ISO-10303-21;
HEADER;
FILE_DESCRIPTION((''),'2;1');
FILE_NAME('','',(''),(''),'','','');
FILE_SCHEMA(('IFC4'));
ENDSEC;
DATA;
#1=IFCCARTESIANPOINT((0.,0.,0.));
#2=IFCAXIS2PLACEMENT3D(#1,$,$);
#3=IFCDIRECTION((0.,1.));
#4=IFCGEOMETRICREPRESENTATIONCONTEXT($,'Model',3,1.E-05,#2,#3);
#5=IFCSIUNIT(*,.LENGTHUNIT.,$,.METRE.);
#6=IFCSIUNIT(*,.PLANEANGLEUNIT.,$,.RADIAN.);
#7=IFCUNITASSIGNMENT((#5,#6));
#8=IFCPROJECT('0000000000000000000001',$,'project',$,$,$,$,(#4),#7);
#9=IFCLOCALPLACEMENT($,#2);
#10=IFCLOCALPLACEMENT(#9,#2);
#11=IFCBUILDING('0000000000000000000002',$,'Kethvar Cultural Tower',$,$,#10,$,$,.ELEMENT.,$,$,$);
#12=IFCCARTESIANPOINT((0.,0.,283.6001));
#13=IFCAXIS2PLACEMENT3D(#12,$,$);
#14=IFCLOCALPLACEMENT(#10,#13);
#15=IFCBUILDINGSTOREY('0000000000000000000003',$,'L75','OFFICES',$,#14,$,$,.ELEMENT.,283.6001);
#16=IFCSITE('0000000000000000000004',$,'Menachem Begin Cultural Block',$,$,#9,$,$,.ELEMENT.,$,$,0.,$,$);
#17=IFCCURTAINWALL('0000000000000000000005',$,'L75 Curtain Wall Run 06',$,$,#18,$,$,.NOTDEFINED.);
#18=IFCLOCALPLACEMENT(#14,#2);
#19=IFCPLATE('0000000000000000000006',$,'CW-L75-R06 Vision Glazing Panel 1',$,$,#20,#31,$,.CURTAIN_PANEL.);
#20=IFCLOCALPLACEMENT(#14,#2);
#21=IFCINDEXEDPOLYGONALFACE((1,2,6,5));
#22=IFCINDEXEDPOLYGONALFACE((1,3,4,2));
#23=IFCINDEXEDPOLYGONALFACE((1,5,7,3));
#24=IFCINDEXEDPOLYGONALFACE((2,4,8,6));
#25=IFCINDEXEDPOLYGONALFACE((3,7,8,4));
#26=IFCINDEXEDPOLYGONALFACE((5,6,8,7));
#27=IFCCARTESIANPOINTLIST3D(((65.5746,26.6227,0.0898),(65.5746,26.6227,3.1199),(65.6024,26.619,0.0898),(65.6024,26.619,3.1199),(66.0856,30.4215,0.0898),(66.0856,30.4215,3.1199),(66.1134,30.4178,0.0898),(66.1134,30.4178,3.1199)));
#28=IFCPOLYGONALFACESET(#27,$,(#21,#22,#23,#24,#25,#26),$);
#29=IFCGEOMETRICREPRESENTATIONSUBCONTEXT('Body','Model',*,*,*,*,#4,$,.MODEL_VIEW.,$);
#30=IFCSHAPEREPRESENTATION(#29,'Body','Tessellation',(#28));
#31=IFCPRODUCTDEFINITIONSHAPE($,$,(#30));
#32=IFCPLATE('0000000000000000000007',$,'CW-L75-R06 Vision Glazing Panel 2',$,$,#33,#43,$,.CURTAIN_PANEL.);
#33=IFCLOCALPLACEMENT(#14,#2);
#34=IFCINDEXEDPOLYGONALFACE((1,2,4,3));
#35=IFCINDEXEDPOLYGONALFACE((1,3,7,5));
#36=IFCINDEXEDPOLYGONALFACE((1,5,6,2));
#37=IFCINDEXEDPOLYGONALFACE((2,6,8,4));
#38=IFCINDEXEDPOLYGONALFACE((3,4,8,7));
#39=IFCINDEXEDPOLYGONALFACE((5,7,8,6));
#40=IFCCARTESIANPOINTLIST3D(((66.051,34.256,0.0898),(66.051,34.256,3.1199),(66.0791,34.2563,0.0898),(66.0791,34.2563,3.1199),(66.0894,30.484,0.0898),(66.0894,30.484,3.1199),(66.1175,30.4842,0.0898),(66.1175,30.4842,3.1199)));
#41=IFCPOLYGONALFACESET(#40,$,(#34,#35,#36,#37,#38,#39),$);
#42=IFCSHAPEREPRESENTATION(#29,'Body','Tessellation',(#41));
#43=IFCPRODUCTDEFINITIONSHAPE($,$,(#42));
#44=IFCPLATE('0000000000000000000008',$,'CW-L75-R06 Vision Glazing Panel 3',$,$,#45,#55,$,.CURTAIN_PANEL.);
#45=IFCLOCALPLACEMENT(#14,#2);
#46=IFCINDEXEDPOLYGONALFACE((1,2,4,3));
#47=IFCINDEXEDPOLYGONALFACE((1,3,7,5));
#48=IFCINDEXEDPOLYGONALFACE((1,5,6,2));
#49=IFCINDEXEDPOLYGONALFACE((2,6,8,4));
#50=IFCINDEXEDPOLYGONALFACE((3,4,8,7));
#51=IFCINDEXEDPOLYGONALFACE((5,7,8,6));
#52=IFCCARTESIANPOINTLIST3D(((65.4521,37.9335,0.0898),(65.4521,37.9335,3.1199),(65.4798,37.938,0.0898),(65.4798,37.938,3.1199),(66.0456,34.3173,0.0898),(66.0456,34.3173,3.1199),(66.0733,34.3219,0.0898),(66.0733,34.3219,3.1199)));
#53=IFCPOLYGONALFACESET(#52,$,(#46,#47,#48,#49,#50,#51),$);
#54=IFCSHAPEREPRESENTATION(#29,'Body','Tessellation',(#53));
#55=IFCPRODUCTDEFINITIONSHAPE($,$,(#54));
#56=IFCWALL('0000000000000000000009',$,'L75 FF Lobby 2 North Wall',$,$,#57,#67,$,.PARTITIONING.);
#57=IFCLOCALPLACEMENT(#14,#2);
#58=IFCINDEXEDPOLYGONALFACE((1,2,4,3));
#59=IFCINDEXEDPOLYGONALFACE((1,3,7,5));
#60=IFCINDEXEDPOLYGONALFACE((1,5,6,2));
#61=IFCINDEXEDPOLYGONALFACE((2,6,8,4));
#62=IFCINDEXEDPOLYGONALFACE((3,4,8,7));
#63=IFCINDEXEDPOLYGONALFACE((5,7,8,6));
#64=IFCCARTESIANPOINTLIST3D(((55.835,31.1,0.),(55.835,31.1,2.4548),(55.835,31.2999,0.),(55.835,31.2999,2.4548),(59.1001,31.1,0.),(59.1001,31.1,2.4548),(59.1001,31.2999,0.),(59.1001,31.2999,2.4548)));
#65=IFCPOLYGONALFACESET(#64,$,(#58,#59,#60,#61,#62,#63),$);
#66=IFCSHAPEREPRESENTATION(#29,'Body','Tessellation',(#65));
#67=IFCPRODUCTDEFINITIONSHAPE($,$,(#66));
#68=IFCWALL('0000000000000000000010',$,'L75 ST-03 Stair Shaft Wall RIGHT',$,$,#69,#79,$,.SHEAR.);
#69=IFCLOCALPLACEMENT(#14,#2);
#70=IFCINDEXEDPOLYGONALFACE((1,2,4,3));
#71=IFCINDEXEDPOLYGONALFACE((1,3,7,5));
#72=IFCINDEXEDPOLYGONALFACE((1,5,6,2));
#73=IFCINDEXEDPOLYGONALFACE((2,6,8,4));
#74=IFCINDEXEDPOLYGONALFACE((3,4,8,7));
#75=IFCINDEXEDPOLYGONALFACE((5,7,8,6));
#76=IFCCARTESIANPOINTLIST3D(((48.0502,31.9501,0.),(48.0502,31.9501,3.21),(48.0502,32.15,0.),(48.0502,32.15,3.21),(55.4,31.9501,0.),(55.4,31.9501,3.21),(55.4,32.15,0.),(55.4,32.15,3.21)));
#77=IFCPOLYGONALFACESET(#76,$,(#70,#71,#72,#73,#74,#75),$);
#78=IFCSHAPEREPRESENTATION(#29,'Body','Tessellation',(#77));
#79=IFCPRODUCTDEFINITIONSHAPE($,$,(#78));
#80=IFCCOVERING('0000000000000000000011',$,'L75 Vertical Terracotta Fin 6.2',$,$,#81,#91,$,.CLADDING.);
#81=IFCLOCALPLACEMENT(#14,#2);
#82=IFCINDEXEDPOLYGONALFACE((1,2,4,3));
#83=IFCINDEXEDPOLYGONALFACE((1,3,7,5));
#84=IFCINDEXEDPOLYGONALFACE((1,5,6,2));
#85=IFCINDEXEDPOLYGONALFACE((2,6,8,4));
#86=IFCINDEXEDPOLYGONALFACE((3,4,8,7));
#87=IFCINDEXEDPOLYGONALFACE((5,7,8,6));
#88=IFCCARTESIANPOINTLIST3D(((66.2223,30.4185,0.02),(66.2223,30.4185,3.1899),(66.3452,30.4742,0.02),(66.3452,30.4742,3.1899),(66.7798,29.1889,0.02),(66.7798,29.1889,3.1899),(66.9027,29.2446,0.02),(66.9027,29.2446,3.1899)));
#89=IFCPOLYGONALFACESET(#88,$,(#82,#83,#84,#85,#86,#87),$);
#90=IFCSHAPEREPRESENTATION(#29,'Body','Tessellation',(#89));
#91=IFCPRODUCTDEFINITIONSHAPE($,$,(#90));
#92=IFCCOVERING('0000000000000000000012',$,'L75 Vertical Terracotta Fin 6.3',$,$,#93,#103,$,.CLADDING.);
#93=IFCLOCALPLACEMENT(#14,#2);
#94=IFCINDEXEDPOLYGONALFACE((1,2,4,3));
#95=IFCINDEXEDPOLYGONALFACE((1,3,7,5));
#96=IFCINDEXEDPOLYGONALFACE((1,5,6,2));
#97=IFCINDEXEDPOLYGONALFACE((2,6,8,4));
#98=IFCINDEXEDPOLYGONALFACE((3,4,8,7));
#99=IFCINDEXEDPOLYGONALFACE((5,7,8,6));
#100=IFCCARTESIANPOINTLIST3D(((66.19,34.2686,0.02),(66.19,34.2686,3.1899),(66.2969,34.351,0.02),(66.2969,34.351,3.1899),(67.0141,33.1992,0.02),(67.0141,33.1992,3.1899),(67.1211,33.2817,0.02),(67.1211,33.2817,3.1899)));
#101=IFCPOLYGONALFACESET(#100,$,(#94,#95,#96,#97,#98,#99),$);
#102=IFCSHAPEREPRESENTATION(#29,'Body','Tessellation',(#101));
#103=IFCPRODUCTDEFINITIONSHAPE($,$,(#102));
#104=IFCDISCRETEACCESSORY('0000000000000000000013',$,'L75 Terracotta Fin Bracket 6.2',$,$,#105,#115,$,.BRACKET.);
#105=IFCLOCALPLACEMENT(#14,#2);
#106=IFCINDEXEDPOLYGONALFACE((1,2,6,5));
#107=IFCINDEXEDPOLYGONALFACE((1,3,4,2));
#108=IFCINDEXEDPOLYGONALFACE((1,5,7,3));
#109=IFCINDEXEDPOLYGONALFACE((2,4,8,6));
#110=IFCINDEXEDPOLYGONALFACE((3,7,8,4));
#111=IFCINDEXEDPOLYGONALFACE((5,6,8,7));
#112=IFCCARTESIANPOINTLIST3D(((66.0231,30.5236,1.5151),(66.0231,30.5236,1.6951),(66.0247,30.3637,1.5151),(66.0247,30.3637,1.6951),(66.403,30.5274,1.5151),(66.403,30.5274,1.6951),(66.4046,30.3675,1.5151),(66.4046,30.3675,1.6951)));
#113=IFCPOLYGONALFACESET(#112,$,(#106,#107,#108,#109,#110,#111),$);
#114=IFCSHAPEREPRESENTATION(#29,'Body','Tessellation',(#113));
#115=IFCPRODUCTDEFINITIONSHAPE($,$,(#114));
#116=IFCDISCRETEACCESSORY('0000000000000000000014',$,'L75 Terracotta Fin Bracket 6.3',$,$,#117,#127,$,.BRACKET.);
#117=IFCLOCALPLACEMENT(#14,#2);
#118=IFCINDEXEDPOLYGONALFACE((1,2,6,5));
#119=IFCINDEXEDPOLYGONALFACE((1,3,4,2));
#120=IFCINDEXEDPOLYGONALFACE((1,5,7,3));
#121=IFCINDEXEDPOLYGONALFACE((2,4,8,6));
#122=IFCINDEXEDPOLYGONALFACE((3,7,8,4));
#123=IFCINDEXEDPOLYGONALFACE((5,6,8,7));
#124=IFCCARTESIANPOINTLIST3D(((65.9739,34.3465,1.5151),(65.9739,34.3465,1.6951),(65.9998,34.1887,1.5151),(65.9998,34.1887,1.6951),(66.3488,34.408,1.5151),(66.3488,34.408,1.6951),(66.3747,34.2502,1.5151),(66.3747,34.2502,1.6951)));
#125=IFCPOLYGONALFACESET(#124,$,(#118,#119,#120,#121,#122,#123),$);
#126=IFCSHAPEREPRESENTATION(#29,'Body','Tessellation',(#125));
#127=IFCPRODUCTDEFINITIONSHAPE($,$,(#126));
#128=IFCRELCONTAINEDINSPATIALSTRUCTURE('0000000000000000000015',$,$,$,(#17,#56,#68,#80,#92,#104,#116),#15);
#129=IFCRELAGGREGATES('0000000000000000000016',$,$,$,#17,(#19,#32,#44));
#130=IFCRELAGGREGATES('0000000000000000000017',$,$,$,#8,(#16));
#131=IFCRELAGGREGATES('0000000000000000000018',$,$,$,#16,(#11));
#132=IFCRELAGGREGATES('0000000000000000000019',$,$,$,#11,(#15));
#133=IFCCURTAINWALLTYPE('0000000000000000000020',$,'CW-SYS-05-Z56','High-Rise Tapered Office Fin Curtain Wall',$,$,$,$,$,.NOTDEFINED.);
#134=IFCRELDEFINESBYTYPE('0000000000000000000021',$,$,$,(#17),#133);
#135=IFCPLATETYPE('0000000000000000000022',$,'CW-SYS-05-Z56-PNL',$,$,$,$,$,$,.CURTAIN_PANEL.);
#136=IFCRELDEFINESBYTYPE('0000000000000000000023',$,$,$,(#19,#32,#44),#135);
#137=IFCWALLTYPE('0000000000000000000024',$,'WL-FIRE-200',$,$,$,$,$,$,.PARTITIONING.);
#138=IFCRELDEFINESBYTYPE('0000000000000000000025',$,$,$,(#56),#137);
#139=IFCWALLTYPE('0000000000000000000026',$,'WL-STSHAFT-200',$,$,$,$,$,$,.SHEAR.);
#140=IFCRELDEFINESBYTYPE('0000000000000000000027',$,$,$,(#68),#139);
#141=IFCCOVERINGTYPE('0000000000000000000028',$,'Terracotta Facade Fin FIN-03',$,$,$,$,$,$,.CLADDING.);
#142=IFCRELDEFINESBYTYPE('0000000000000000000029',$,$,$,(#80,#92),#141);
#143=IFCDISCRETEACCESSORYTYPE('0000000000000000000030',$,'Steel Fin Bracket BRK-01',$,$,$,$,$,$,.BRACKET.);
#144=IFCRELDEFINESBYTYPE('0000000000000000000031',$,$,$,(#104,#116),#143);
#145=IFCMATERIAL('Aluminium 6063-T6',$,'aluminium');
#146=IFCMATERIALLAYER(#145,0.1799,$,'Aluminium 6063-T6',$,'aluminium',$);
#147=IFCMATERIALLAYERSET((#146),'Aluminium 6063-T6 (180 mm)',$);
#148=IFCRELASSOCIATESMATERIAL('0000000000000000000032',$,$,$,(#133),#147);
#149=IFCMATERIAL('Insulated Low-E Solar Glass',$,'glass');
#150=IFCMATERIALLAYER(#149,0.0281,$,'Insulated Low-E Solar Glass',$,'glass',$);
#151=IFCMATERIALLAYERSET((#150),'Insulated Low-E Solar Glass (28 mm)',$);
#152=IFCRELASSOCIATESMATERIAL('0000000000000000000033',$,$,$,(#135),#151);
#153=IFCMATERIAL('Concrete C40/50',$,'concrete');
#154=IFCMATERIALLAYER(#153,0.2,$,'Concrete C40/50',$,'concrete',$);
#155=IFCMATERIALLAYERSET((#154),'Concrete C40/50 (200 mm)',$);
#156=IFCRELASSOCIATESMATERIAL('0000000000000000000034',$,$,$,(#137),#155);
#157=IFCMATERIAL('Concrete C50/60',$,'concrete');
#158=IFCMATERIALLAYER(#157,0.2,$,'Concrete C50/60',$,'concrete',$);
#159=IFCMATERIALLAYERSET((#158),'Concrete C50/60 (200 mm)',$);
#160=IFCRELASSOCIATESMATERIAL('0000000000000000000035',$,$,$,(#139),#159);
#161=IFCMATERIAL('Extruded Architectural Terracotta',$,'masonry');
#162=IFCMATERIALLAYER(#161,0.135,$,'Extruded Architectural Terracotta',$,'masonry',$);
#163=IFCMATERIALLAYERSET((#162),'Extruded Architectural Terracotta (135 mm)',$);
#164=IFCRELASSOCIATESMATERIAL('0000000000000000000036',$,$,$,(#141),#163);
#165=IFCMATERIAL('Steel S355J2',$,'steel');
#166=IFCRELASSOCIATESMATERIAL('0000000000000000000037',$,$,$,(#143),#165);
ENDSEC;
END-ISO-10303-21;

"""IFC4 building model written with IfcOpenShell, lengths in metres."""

from ifc_helpers import new_model, si_unit, direction, frame, frame_2d, origin, origin_2d, place, context, subcontext, project, spatial, rectangle, extrude, source, transform, mapped, material, layer, layer_set, type_object, element, aggregate, save


model = new_model("IFC4")

# Units and contexts
model_context = context("Model", 3, precision=1e-05, world=origin(), true_north=direction((0.0, 1.0)))
body_context = subcontext(model_context, "Body", "Model", "MODEL_VIEW")
ifc_project = project(units=[si_unit("LENGTHUNIT", "METRE"), si_unit("PLANEANGLEUNIT", "RADIAN")], contexts=[model_context])

# Site, building, storey
site_placement = place(None, origin())
site = spatial("IfcSite", under=ifc_project, at=site_placement, Name="Menachem Begin Cultural Block", CompositionType="ELEMENT", RefElevation=0.0)
building_placement = place(site_placement, origin())
building = spatial("IfcBuilding", under=site, at=building_placement, Name="Kethvar Cultural Tower", CompositionType="ELEMENT")
storey_placement = place(building_placement, frame((0.0, 0.0, 283.6001)))
storey = spatial("IfcBuildingStorey", under=building, at=storey_placement, Name="L75", Description="OFFICES", CompositionType="ELEMENT", Elevation=283.6001)

# Shared definitions
ifc_material_1 = material(Name="Steel S355J2", Category="steel")

# Curtain wall, plates
ifc_material_2 = material(Name="Aluminium 6063-T6", Category="aluminium")
ifc_layer_1 = layer(ifc_material_2, 0.1799, Name="Aluminium 6063-T6", Category="aluminium")
ifc_layer_set_1 = layer_set([ifc_layer_1], Name="Aluminium 6063-T6 (180 mm)")
curtain_wall_type = type_object("IfcCurtainWallType", Name="CW-SYS-05-Z56", Description="High-Rise Tapered Office Fin Curtain Wall", PredefinedType="NOTDEFINED", material=ifc_layer_set_1)
curtain_wall_placement = place(storey_placement, origin())
curtain_wall = element("IfcCurtainWall", 1, at=curtain_wall_placement, inside=storey, type_object=curtain_wall_type, Name="L75 Curtain Wall Run 06", PredefinedType="NOTDEFINED")
ifc_material_3 = material(Name="Insulated Low-E Solar Glass", Category="glass")
ifc_layer_2 = layer(ifc_material_3, 0.0281, Name="Insulated Low-E Solar Glass", Category="glass")
ifc_layer_set_2 = layer_set([ifc_layer_2], Name="Insulated Low-E Solar Glass (28 mm)")
plate_type = type_object("IfcPlateType", Name="CW-SYS-05-Z56-PNL", PredefinedType="CURTAIN_PANEL", material=ifc_layer_set_2)
shared_shape_1 = source(origin(), body_context, "Body", "SweptSolid", [
    extrude(rectangle(XDim=3.833, YDim=0.0281, at=origin_2d()), origin(), (0.0, 0.0, 1.0), 3.03),
])
plate_1_placement = place(storey_placement, frame((65.844, 28.5203, 0.0898), z_axis=(0.0, 0.0, 1.0), x_axis=(0.133312, 0.991074, 0.0)))
plate_1 = element("IfcPlate", 2, at=plate_1_placement, type_object=plate_type, Name="CW-L75-R06 Vision Glazing Panel 1", PredefinedType="CURTAIN_PANEL", context=body_context, shape_type="MappedRepresentation", body=[
    mapped(shared_shape_1, transform((0.0, 0.0, 0.0), scale=1.0)),
])
shared_shape_2 = source(origin(), body_context, "Body", "SweptSolid", [
    extrude(rectangle(XDim=3.7722, YDim=0.0281, at=origin_2d()), origin(), (0.0, 0.0, 1.0), 3.03),
])
plate_2_placement = place(storey_placement, frame((66.0842, 32.3701, 0.0898), z_axis=(0.0, 0.0, 1.0), x_axis=(-0.010175, 0.999948, 0.0)))
plate_2 = element("IfcPlate", 3, at=plate_2_placement, type_object=plate_type, Name="CW-L75-R06 Vision Glazing Panel 2", PredefinedType="CURTAIN_PANEL", context=body_context, shape_type="MappedRepresentation", body=[
    mapped(shared_shape_2, transform((0.0, 0.0, 0.0), scale=1.0)),
])
shared_shape_3 = source(origin(), body_context, "Body", "SweptSolid", [
    extrude(rectangle(XDim=3.6646, YDim=0.0281, at=origin_2d()), origin(), (0.0, 0.0, 1.0), 3.03),
])
plate_3_placement = place(storey_placement, frame((65.7627, 36.1277, 0.0898), z_axis=(0.0, 0.0, 1.0), x_axis=(-0.161948, 0.986799, 0.0)))
plate_3 = element("IfcPlate", 4, at=plate_3_placement, type_object=plate_type, Name="CW-L75-R06 Vision Glazing Panel 3", PredefinedType="CURTAIN_PANEL", context=body_context, shape_type="MappedRepresentation", body=[
    mapped(shared_shape_3, transform((0.0, 0.0, 0.0), scale=1.0)),
])
aggregate(curtain_wall, [plate_1, plate_2, plate_3])

# Shared definitions
ifc_material_4 = material(Name="Concrete C50/60", Category="concrete")

# Walls
ifc_material_5 = material(Name="Concrete C40/50", Category="concrete")
ifc_layer_3 = layer(ifc_material_5, 0.2, Name="Concrete C40/50", Category="concrete")
ifc_layer_set_3 = layer_set([ifc_layer_3], Name="Concrete C40/50 (200 mm)")
wall_type_1 = type_object("IfcWallType", Name="WL-FIRE-200", PredefinedType="PARTITIONING", material=ifc_layer_set_3)
wall_1_placement = place(storey_placement, frame((55.835, 31.2, 0.0), z_axis=(0.0, 0.0, 1.0), x_axis=(1.0, 0.0, 0.0)))
element("IfcWall", 5, at=wall_1_placement, inside=storey, type_object=wall_type_1, Name="L75 FF Lobby 2 North Wall", PredefinedType="PARTITIONING", context=body_context, shape_type="SweptSolid", body=[
    extrude(rectangle(XDim=3.2651, YDim=0.2, at=frame_2d((1.6326, 0.0))), origin(), (0.0, 0.0, 1.0), 2.4548),
])
ifc_layer_4 = layer(ifc_material_4, 0.2, Name="Concrete C50/60", Category="concrete")
ifc_layer_set_4 = layer_set([ifc_layer_4], Name="Concrete C50/60 (200 mm)")
wall_type_2 = type_object("IfcWallType", Name="WL-STSHAFT-200", PredefinedType="SHEAR", material=ifc_layer_set_4)
wall_2_placement = place(storey_placement, frame((55.3999, 32.05, 0.0), z_axis=(0.0, 0.0, 1.0), x_axis=(-1.0, 0.0, 0.0)))
element("IfcWall", 6, at=wall_2_placement, inside=storey, type_object=wall_type_2, Name="L75 ST-03 Stair Shaft Wall RIGHT", PredefinedType="SHEAR", context=body_context, shape_type="SweptSolid", body=[
    extrude(rectangle(XDim=7.3499, YDim=0.2, at=frame_2d((3.6748, 0.0))), origin(), (0.0, 0.0, 1.0), 3.21),
])

# Coverings
ifc_material_6 = material(Name="Extruded Architectural Terracotta", Category="masonry")
ifc_layer_5 = layer(ifc_material_6, 0.135, Name="Extruded Architectural Terracotta", Category="masonry")
ifc_layer_set_5 = layer_set([ifc_layer_5], Name="Extruded Architectural Terracotta (135 mm)")
covering_type = type_object("IfcCoveringType", Name="Terracotta Facade Fin FIN-03", PredefinedType="CLADDING", material=ifc_layer_set_5)
shared_shape_4 = source(origin(), body_context, "Body", "SweptSolid", [
    extrude(rectangle(XDim=1.3501, YDim=0.135, at=origin_2d()), origin(), (0.0, 0.0, 1.0), 3.1699),
])
for number, where, z_axis, x_axis, name in (
    (7, (66.5625, 29.8315, 0.02), (0.0, 0.0, 1.0), (0.412945, -0.910756, 0.0), "L75 Vertical Terracotta Fin 6.2"),
    (8, (66.6555, 33.7751, 0.02), (0.0, 0.0, 1.0), (0.610422, -0.792077, 0.0), "L75 Vertical Terracotta Fin 6.3"),
):
    element("IfcCovering", number, at=place(storey_placement, frame(where, z_axis=z_axis, x_axis=x_axis)), inside=storey, type_object=covering_type, Name=name, PredefinedType="CLADDING", context=body_context, shape_type="MappedRepresentation", body=[
        mapped(shared_shape_4, transform((0.0, 0.0, 0.0), scale=1.0)),
    ])

# Discrete accessories
discrete_accessory_type = type_object("IfcDiscreteAccessoryType", Name="Steel Fin Bracket BRK-01", PredefinedType="BRACKET", material=ifc_material_1)
shared_shape_5 = source(origin(), body_context, "Body", "SweptSolid", [
    extrude(rectangle(XDim=0.3799, YDim=0.1599, at=origin_2d()), origin(), (0.0, 0.0, 1.0), 0.1799),
])
for number, where, z_axis, x_axis, name in (
    (9, (66.2139, 30.4456, 1.5151), (0.0, 0.0, 1.0), (0.999949, 0.010123, 0.0), "L75 Terracotta Fin Bracket 6.2"),
    (10, (66.1743, 34.2983, 1.5151), (0.0, 0.0, 1.0), (0.986799, 0.161948, 0.0), "L75 Terracotta Fin Bracket 6.3"),
):
    element("IfcDiscreteAccessory", number, at=place(storey_placement, frame(where, z_axis=z_axis, x_axis=x_axis)), inside=storey, type_object=discrete_accessory_type, Name=name, PredefinedType="BRACKET", context=body_context, shape_type="MappedRepresentation", body=[
        mapped(shared_shape_5, transform((0.0, 0.0, 0.0), scale=1.0)),
    ])

save(model, "model.ifc")
